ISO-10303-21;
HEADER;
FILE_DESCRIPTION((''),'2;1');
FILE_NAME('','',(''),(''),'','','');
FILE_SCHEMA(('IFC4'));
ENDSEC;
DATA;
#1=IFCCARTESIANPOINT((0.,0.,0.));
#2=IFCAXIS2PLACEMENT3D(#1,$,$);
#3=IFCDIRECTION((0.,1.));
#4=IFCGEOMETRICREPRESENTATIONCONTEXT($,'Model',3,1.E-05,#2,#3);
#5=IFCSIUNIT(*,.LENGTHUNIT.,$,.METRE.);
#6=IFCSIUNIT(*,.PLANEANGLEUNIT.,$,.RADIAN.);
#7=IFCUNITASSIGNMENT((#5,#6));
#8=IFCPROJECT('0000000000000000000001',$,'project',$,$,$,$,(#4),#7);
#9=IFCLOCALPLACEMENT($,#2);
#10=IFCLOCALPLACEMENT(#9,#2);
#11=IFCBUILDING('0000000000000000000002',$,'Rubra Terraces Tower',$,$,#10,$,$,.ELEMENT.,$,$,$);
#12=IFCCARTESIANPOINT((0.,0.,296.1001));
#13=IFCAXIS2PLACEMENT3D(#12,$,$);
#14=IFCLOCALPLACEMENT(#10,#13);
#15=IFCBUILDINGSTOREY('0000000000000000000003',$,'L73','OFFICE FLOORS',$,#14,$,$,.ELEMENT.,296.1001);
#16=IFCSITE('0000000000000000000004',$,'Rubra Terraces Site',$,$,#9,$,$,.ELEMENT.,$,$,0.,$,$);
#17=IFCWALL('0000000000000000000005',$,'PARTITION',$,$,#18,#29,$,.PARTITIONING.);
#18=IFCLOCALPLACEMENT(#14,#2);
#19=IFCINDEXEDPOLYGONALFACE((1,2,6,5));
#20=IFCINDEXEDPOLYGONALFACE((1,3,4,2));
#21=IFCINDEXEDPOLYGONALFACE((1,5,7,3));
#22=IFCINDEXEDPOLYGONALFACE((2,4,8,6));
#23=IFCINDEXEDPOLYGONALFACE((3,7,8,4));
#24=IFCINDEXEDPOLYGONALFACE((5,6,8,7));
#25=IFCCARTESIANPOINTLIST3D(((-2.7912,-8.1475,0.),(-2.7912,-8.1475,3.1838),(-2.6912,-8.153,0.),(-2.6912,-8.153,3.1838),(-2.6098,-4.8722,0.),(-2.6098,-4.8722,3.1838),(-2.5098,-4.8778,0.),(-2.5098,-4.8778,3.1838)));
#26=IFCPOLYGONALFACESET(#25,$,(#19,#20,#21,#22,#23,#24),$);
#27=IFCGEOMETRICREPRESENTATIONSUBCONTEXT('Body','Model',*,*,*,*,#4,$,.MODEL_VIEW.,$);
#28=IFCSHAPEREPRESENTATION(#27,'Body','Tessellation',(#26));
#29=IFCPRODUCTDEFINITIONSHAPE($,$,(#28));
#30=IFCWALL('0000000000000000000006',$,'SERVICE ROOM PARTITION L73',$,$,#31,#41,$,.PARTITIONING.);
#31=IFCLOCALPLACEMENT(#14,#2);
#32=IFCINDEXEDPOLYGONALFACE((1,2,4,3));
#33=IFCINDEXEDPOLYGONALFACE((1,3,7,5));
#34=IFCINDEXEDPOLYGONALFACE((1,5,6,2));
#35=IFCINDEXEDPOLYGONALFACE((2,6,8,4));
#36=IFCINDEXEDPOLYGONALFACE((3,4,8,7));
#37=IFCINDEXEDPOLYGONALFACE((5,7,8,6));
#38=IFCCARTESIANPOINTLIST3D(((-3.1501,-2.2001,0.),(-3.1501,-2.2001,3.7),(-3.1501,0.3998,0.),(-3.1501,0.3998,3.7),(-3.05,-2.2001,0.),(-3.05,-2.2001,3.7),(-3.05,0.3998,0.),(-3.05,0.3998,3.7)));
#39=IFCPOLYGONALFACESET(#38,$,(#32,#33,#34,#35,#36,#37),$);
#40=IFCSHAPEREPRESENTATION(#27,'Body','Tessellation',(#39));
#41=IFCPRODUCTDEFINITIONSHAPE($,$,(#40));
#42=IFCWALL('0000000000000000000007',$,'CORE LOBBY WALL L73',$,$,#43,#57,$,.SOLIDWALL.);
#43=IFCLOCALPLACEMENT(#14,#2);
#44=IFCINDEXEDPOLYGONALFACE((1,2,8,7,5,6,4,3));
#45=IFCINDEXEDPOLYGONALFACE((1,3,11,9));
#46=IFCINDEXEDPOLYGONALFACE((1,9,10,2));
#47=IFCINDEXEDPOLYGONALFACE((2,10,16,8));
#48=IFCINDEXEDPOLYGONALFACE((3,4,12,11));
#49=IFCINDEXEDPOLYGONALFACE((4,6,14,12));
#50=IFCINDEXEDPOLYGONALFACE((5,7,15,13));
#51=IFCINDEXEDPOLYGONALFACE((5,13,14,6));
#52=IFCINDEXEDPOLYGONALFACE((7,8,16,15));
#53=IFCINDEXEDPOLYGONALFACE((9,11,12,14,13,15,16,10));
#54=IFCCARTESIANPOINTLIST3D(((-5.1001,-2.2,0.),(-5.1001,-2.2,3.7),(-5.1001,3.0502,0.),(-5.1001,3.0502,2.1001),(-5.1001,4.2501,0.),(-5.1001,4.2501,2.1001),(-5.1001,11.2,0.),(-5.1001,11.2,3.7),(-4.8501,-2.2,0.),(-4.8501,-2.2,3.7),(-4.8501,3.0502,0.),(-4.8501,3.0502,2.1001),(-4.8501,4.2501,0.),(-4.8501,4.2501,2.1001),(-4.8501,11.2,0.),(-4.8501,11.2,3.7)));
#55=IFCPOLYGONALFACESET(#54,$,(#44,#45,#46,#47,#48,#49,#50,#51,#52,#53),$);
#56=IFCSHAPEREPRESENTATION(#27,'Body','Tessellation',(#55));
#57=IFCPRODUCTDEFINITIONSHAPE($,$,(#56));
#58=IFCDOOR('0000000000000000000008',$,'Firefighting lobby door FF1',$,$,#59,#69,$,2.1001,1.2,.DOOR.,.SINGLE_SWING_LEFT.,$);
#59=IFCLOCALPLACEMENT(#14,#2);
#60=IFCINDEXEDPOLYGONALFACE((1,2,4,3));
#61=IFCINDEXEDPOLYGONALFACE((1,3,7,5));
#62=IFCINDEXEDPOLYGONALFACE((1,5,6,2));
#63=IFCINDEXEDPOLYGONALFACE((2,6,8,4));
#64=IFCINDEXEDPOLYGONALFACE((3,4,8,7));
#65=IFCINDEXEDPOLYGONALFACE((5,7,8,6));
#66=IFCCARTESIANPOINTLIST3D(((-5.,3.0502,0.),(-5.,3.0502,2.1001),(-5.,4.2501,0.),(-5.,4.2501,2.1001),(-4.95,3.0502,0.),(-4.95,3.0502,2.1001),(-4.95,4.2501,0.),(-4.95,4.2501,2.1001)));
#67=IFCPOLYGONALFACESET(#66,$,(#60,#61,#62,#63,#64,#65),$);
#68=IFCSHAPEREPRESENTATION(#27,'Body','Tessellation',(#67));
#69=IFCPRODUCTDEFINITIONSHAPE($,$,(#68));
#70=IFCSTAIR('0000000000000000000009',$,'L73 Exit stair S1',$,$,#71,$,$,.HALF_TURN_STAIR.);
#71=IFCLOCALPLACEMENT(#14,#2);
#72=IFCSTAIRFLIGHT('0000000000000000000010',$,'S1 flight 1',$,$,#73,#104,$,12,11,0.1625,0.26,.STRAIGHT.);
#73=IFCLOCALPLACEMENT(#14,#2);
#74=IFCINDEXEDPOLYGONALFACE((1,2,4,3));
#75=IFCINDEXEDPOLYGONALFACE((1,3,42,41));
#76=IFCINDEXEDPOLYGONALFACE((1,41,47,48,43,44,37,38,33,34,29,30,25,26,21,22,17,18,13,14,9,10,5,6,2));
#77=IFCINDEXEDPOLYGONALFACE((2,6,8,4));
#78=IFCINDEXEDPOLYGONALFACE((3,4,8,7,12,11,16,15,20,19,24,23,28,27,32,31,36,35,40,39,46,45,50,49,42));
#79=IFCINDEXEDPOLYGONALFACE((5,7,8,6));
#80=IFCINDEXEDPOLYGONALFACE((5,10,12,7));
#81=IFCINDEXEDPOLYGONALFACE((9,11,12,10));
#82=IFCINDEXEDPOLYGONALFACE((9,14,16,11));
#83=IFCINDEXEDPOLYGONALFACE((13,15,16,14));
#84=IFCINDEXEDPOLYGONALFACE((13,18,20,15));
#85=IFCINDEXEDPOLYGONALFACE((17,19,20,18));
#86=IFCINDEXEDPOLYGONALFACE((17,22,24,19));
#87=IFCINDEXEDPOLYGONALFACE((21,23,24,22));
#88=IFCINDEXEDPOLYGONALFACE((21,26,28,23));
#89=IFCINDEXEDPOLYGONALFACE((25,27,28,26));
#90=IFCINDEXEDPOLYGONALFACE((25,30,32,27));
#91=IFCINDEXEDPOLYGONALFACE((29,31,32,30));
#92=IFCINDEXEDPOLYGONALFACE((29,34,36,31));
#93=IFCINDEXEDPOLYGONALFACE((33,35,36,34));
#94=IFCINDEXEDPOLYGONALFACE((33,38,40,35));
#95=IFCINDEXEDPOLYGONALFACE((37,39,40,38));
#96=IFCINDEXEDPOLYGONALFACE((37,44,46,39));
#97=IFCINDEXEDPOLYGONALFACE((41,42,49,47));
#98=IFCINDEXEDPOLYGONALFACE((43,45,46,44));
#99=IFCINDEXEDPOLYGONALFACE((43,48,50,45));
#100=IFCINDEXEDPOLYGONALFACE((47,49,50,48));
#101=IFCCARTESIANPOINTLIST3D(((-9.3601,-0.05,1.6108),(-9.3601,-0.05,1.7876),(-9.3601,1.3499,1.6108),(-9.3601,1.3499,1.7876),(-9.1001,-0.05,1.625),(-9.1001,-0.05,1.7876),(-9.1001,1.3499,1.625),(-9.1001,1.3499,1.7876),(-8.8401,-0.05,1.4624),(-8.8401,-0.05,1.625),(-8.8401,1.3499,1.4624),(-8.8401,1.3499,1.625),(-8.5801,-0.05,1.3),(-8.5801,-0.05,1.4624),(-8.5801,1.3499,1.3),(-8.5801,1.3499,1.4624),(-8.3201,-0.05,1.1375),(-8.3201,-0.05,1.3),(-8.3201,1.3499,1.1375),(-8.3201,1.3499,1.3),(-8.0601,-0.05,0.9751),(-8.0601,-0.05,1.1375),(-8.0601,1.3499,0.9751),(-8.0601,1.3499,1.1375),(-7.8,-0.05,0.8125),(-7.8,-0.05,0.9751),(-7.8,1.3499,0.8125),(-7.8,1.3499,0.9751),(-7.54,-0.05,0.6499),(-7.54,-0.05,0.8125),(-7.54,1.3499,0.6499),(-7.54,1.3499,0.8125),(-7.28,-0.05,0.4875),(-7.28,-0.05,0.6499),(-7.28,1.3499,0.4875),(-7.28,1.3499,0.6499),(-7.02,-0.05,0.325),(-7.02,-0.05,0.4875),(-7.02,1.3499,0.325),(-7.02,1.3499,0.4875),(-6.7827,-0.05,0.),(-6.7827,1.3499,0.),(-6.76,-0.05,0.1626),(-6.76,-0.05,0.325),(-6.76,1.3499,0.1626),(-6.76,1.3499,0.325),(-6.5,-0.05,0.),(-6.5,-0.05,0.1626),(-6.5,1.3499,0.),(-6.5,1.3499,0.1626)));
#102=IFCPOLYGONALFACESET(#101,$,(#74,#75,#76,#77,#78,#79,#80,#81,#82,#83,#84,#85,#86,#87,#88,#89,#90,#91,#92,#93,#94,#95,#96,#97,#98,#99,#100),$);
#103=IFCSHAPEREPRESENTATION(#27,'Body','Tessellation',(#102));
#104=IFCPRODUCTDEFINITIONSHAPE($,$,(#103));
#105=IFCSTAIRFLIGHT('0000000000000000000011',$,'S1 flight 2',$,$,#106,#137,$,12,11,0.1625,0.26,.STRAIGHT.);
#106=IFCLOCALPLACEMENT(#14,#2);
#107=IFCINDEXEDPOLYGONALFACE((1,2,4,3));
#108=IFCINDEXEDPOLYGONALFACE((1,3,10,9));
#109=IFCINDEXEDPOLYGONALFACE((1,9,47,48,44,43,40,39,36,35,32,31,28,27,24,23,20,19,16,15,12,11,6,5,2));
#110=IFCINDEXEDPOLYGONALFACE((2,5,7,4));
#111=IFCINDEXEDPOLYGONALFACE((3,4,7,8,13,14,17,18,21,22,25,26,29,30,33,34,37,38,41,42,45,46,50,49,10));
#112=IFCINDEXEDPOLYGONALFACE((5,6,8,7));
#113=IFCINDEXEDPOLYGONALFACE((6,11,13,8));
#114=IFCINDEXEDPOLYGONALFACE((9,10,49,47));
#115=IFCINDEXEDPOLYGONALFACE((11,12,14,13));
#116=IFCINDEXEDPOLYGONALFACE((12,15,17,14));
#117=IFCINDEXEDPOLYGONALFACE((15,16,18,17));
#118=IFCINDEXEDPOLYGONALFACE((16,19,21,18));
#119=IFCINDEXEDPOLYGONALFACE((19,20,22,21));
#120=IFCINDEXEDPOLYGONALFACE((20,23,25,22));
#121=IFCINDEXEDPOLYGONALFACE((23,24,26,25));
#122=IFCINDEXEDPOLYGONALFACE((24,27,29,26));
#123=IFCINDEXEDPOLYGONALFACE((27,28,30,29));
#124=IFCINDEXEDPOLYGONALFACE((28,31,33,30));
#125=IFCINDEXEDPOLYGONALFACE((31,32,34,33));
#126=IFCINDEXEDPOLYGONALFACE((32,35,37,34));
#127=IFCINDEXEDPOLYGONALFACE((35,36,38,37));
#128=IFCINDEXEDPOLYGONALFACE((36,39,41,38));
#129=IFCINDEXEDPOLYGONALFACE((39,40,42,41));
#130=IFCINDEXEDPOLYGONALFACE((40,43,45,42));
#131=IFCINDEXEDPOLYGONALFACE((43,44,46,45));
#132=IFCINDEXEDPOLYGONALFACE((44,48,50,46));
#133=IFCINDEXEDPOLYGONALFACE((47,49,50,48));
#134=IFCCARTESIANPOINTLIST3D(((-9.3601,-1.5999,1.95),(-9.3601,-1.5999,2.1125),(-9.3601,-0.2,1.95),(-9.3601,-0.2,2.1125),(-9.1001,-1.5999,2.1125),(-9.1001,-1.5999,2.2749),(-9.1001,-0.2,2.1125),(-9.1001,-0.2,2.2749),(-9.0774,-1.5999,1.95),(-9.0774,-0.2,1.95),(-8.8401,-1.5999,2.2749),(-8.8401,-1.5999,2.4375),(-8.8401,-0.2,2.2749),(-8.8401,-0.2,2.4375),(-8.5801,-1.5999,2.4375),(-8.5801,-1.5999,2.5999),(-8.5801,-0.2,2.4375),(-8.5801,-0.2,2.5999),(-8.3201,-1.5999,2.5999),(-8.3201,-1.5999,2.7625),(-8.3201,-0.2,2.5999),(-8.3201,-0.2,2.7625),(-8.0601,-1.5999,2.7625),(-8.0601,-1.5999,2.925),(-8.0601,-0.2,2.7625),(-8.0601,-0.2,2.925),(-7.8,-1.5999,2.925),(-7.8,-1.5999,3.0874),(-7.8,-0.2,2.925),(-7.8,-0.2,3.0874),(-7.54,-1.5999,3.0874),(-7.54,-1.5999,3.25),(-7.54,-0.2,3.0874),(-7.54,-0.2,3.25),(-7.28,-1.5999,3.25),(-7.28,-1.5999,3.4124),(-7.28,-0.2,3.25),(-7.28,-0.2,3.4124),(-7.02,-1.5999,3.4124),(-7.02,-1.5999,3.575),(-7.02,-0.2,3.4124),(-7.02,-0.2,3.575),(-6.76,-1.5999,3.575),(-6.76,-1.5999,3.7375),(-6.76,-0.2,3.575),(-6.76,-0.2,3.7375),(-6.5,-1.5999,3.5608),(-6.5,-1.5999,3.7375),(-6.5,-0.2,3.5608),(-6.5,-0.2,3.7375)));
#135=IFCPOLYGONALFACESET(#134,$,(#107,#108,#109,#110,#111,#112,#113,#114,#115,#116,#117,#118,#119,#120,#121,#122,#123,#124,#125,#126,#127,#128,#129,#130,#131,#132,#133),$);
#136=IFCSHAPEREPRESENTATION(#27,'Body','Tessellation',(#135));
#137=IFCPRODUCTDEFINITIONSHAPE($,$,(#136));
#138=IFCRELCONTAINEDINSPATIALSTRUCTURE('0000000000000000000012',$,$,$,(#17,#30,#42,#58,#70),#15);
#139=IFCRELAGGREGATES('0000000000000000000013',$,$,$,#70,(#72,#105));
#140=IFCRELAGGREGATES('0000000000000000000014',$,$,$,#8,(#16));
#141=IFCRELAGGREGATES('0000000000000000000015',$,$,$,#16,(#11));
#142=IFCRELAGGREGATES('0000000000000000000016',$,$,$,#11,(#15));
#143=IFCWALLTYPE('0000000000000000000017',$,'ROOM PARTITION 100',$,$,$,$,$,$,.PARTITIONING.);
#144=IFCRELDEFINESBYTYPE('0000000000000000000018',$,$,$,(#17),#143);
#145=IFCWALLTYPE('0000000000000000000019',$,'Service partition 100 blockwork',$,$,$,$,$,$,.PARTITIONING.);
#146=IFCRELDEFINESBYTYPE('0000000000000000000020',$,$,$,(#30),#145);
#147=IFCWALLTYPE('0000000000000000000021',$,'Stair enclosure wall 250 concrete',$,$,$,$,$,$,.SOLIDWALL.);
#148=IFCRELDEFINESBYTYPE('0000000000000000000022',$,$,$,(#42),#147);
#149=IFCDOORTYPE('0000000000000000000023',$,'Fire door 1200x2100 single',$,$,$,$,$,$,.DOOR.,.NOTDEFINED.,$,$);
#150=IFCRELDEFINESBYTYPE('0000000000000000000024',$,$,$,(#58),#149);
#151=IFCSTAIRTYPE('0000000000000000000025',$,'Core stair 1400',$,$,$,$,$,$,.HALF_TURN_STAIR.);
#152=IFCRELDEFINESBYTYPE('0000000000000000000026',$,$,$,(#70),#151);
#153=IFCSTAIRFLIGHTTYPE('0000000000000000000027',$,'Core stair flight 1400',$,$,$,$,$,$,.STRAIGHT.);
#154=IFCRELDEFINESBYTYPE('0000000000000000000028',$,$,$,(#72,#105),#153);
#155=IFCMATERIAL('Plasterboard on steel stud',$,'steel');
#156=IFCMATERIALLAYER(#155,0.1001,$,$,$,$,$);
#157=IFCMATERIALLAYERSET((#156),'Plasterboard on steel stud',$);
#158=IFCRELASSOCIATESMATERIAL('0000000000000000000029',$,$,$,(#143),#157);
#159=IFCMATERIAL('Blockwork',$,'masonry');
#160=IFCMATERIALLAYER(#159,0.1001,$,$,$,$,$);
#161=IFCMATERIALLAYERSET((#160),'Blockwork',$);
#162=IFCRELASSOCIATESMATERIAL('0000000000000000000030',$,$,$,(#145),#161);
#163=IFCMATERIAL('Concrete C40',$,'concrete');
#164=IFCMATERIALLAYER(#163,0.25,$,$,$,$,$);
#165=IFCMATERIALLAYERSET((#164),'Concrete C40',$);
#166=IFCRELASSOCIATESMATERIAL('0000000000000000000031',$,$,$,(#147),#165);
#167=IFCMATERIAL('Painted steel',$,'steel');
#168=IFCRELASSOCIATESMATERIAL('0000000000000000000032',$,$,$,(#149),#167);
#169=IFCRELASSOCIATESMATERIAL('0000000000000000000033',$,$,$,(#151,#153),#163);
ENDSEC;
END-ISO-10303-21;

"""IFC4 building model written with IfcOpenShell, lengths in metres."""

from ifc_helpers import new_model, si_unit, direction, frame, frame_2d, origin, place, context, subcontext, project, spatial, polyline, rectangle, outline, extrude, material, layer, layer_set, type_object, element, fill, aggregate, save


model = new_model("IFC4")

# Units and contexts
model_context = context("Model", 3, precision=1e-05, world=origin(), true_north=direction((0.0, 1.0)))
body_context = subcontext(model_context, "Body", "Model", "MODEL_VIEW")
ifc_project = project(units=[si_unit("LENGTHUNIT", "METRE"), si_unit("PLANEANGLEUNIT", "RADIAN")], contexts=[model_context])

# Site, building, storey
site_placement = place(None, origin())
site = spatial("IfcSite", under=ifc_project, at=site_placement, Name="Rubra Terraces Site", CompositionType="ELEMENT", RefElevation=0.0)
building_placement = place(site_placement, origin())
building = spatial("IfcBuilding", under=site, at=building_placement, Name="Rubra Terraces Tower", CompositionType="ELEMENT")
storey_placement = place(building_placement, frame((0.0, 0.0, 296.1001)))
storey = spatial("IfcBuildingStorey", under=building, at=storey_placement, Name="L73", Description="OFFICE FLOORS", CompositionType="ELEMENT", Elevation=296.1001)

# Walls
ifc_material_1 = material(Name="Concrete C40", Category="concrete")
ifc_material_2 = material(Name="Plasterboard on steel stud", Category="steel")
ifc_layer_1 = layer(ifc_material_2, 0.1001)
ifc_layer_set_1 = layer_set([ifc_layer_1], Name="Plasterboard on steel stud")
wall_type_1 = type_object("IfcWallType", Name="ROOM PARTITION 100", PredefinedType="PARTITIONING", material=ifc_layer_set_1)
wall_1_placement = place(storey_placement, frame((-2.5598, -4.875, 0.0), z_axis=(0.0, 0.0, 1.0), x_axis=(-0.055301, -0.99847, 0.0)))
element("IfcWall", 1, at=wall_1_placement, inside=storey, type_object=wall_type_1, Name="PARTITION", PredefinedType="PARTITIONING", context=body_context, shape_type="SweptSolid", body=[
    extrude(rectangle(XDim=3.2803, YDim=0.1001, at=frame_2d((1.6401, 0.0))), origin(), (0.0, 0.0, 1.0), 3.1838),
])
ifc_material_3 = material(Name="Blockwork", Category="masonry")
ifc_layer_2 = layer(ifc_material_3, 0.1001)
ifc_layer_set_2 = layer_set([ifc_layer_2], Name="Blockwork")
wall_type_2 = type_object("IfcWallType", Name="Service partition 100 blockwork", PredefinedType="PARTITIONING", material=ifc_layer_set_2)
wall_2_placement = place(storey_placement, frame((-3.1001, -2.2, 0.0), z_axis=(0.0, 0.0, 1.0), x_axis=(0.0, 1.0, 0.0)))
element("IfcWall", 2, at=wall_2_placement, inside=storey, type_object=wall_type_2, Name="SERVICE ROOM PARTITION L73", PredefinedType="PARTITIONING", context=body_context, shape_type="SweptSolid", body=[
    extrude(rectangle(XDim=2.5999, YDim=0.1001, at=frame_2d((1.2998, 0.0))), origin(), (0.0, 0.0, 1.0), 3.7),
])

# Wall, opening, door
ifc_layer_3 = layer(ifc_material_1, 0.25)
ifc_layer_set_3 = layer_set([ifc_layer_3], Name="Concrete C40")
wall_type_3 = type_object("IfcWallType", Name="Stair enclosure wall 250 concrete", PredefinedType="SOLIDWALL", material=ifc_layer_set_3)
wall_3_placement = place(storey_placement, frame((-4.9751, -2.2, 0.0), z_axis=(0.0, 0.0, 1.0), x_axis=(0.0, 1.0, 0.0)))
wall_3 = element("IfcWall", 3, at=wall_3_placement, inside=storey, type_object=wall_type_3, Name="CORE LOBBY WALL L73", PredefinedType="SOLIDWALL", context=body_context, shape_type="SweptSolid", body=[
    extrude(rectangle(XDim=13.3999, YDim=0.25, at=frame_2d((6.7, 0.0))), origin(), (0.0, 0.0, 1.0), 3.7),
])
opening_1_placement = place(wall_3_placement, frame((5.25, 0.0, 0.0)))
opening_1 = element("IfcOpeningElement", 4, at=opening_1_placement, cuts=wall_3, PredefinedType="OPENING", context=body_context, shape_type="SweptSolid", body=[
    extrude(rectangle(XDim=1.2, YDim=2.1001, at=frame_2d((0.6001, 1.05))), frame((0.0, 0.135, 0.0), z_axis=(0.0, -1.0, 0.0), x_axis=(1.0, 0.0, 0.0)), (0.0, 0.0, 1.0), 0.27),
])
ifc_material_4 = material(Name="Painted steel", Category="steel")
door_type_1 = type_object("IfcDoorType", Name="Fire door 1200x2100 single", OperationType="NOTDEFINED", PredefinedType="DOOR", material=ifc_material_4)
door_1_placement = place(opening_1_placement, origin())
door_1 = element("IfcDoor", 5, at=door_1_placement, inside=storey, type_object=door_type_1, Name="Firefighting lobby door FF1", OperationType="SINGLE_SWING_LEFT", OverallHeight=2.1001, OverallWidth=1.2, PredefinedType="DOOR", context=body_context, shape_type="SweptSolid", body=[
    extrude(rectangle(XDim=1.2, YDim=2.1001, at=frame_2d((0.6001, 1.05))), frame((0.0, 0.0249, 0.0), z_axis=(0.0, -1.0, 0.0), x_axis=(1.0, 0.0, 0.0)), (0.0, 0.0, 1.0), 0.05),
])
fill(opening_1, door_1)

# Stair, stair flights
stair_type = type_object("IfcStairType", Name="Core stair 1400", PredefinedType="HALF_TURN_STAIR", material=ifc_material_1)
stair_placement = place(storey_placement, origin())
stair = element("IfcStair", 6, at=stair_placement, inside=storey, type_object=stair_type, Name="L73 Exit stair S1", PredefinedType="HALF_TURN_STAIR")
stair_flight_type = type_object("IfcStairFlightType", Name="Core stair flight 1400", PredefinedType="STRAIGHT", material=ifc_material_1)
stair_flight_1_placement = place(storey_placement, frame((-6.5, 0.6499, 0.0), z_axis=(0.0, 0.0, 1.0), x_axis=(-1.0, 0.0, 0.0)))
stair_flight_1 = element("IfcStairFlight", 7, at=stair_flight_1_placement, type_object=stair_flight_type, Name="S1 flight 1", NumberOfRisers=12, NumberOfTreads=11, PredefinedType="STRAIGHT", RiserHeight=0.1625, TreadLength=0.26, context=body_context, shape_type="SweptSolid", body=[
    extrude(outline(polyline([(0.0, 0.0), (0.0, 0.1626), (0.26, 0.1626), (0.26, 0.325), (0.52, 0.325), (0.52, 0.4875), (0.78, 0.4875), (0.78, 0.6499), (1.04, 0.6499), (1.04, 0.8125), (1.3, 0.8125), (1.3, 0.9751), (1.5601, 0.9751), (1.5601, 1.1375), (1.8201, 1.1375), (1.8201, 1.3), (2.0801, 1.3), (2.0801, 1.4624), (2.3401, 1.4624), (2.3401, 1.625), (2.6001, 1.625), (2.6001, 1.7876), (2.8601, 1.7876), (2.8601, 1.95), (2.8601, 1.6108), (0.2827, 0.0), (0.0, 0.0)])), frame((0.0, 0.7, 0.0), z_axis=(0.0, -1.0, 0.0), x_axis=(1.0, 0.0, 0.0)), (0.0, 0.0, 1.0), 1.3999),
])
stair_flight_2_placement = place(storey_placement, frame((-9.3601, -0.8999, 1.95), z_axis=(0.0, 0.0, 1.0), x_axis=(1.0, 0.0, 0.0)))
stair_flight_2 = element("IfcStairFlight", 8, at=stair_flight_2_placement, type_object=stair_flight_type, Name="S1 flight 2", NumberOfRisers=12, NumberOfTreads=11, PredefinedType="STRAIGHT", RiserHeight=0.1625, TreadLength=0.26, context=body_context, shape_type="SweptSolid", body=[
    extrude(outline(polyline([(0.0, 0.0), (0.0, 0.1626), (0.26, 0.1626), (0.26, 0.325), (0.52, 0.325), (0.52, 0.4875), (0.78, 0.4875), (0.78, 0.6499), (1.04, 0.6499), (1.04, 0.8125), (1.3, 0.8125), (1.3, 0.9751), (1.5601, 0.9751), (1.5601, 1.1375), (1.8201, 1.1375), (1.8201, 1.3), (2.0801, 1.3), (2.0801, 1.4624), (2.3401, 1.4624), (2.3401, 1.625), (2.6001, 1.625), (2.6001, 1.7876), (2.8601, 1.7876), (2.8601, 1.95), (2.8601, 1.6108), (0.2827, 0.0), (0.0, 0.0)])), frame((0.0, 0.7, 0.0), z_axis=(0.0, -1.0, 0.0), x_axis=(1.0, 0.0, 0.0)), (0.0, 0.0, 1.0), 1.3999),
])
aggregate(stair, [stair_flight_1, stair_flight_2])

save(model, "model.ifc")
